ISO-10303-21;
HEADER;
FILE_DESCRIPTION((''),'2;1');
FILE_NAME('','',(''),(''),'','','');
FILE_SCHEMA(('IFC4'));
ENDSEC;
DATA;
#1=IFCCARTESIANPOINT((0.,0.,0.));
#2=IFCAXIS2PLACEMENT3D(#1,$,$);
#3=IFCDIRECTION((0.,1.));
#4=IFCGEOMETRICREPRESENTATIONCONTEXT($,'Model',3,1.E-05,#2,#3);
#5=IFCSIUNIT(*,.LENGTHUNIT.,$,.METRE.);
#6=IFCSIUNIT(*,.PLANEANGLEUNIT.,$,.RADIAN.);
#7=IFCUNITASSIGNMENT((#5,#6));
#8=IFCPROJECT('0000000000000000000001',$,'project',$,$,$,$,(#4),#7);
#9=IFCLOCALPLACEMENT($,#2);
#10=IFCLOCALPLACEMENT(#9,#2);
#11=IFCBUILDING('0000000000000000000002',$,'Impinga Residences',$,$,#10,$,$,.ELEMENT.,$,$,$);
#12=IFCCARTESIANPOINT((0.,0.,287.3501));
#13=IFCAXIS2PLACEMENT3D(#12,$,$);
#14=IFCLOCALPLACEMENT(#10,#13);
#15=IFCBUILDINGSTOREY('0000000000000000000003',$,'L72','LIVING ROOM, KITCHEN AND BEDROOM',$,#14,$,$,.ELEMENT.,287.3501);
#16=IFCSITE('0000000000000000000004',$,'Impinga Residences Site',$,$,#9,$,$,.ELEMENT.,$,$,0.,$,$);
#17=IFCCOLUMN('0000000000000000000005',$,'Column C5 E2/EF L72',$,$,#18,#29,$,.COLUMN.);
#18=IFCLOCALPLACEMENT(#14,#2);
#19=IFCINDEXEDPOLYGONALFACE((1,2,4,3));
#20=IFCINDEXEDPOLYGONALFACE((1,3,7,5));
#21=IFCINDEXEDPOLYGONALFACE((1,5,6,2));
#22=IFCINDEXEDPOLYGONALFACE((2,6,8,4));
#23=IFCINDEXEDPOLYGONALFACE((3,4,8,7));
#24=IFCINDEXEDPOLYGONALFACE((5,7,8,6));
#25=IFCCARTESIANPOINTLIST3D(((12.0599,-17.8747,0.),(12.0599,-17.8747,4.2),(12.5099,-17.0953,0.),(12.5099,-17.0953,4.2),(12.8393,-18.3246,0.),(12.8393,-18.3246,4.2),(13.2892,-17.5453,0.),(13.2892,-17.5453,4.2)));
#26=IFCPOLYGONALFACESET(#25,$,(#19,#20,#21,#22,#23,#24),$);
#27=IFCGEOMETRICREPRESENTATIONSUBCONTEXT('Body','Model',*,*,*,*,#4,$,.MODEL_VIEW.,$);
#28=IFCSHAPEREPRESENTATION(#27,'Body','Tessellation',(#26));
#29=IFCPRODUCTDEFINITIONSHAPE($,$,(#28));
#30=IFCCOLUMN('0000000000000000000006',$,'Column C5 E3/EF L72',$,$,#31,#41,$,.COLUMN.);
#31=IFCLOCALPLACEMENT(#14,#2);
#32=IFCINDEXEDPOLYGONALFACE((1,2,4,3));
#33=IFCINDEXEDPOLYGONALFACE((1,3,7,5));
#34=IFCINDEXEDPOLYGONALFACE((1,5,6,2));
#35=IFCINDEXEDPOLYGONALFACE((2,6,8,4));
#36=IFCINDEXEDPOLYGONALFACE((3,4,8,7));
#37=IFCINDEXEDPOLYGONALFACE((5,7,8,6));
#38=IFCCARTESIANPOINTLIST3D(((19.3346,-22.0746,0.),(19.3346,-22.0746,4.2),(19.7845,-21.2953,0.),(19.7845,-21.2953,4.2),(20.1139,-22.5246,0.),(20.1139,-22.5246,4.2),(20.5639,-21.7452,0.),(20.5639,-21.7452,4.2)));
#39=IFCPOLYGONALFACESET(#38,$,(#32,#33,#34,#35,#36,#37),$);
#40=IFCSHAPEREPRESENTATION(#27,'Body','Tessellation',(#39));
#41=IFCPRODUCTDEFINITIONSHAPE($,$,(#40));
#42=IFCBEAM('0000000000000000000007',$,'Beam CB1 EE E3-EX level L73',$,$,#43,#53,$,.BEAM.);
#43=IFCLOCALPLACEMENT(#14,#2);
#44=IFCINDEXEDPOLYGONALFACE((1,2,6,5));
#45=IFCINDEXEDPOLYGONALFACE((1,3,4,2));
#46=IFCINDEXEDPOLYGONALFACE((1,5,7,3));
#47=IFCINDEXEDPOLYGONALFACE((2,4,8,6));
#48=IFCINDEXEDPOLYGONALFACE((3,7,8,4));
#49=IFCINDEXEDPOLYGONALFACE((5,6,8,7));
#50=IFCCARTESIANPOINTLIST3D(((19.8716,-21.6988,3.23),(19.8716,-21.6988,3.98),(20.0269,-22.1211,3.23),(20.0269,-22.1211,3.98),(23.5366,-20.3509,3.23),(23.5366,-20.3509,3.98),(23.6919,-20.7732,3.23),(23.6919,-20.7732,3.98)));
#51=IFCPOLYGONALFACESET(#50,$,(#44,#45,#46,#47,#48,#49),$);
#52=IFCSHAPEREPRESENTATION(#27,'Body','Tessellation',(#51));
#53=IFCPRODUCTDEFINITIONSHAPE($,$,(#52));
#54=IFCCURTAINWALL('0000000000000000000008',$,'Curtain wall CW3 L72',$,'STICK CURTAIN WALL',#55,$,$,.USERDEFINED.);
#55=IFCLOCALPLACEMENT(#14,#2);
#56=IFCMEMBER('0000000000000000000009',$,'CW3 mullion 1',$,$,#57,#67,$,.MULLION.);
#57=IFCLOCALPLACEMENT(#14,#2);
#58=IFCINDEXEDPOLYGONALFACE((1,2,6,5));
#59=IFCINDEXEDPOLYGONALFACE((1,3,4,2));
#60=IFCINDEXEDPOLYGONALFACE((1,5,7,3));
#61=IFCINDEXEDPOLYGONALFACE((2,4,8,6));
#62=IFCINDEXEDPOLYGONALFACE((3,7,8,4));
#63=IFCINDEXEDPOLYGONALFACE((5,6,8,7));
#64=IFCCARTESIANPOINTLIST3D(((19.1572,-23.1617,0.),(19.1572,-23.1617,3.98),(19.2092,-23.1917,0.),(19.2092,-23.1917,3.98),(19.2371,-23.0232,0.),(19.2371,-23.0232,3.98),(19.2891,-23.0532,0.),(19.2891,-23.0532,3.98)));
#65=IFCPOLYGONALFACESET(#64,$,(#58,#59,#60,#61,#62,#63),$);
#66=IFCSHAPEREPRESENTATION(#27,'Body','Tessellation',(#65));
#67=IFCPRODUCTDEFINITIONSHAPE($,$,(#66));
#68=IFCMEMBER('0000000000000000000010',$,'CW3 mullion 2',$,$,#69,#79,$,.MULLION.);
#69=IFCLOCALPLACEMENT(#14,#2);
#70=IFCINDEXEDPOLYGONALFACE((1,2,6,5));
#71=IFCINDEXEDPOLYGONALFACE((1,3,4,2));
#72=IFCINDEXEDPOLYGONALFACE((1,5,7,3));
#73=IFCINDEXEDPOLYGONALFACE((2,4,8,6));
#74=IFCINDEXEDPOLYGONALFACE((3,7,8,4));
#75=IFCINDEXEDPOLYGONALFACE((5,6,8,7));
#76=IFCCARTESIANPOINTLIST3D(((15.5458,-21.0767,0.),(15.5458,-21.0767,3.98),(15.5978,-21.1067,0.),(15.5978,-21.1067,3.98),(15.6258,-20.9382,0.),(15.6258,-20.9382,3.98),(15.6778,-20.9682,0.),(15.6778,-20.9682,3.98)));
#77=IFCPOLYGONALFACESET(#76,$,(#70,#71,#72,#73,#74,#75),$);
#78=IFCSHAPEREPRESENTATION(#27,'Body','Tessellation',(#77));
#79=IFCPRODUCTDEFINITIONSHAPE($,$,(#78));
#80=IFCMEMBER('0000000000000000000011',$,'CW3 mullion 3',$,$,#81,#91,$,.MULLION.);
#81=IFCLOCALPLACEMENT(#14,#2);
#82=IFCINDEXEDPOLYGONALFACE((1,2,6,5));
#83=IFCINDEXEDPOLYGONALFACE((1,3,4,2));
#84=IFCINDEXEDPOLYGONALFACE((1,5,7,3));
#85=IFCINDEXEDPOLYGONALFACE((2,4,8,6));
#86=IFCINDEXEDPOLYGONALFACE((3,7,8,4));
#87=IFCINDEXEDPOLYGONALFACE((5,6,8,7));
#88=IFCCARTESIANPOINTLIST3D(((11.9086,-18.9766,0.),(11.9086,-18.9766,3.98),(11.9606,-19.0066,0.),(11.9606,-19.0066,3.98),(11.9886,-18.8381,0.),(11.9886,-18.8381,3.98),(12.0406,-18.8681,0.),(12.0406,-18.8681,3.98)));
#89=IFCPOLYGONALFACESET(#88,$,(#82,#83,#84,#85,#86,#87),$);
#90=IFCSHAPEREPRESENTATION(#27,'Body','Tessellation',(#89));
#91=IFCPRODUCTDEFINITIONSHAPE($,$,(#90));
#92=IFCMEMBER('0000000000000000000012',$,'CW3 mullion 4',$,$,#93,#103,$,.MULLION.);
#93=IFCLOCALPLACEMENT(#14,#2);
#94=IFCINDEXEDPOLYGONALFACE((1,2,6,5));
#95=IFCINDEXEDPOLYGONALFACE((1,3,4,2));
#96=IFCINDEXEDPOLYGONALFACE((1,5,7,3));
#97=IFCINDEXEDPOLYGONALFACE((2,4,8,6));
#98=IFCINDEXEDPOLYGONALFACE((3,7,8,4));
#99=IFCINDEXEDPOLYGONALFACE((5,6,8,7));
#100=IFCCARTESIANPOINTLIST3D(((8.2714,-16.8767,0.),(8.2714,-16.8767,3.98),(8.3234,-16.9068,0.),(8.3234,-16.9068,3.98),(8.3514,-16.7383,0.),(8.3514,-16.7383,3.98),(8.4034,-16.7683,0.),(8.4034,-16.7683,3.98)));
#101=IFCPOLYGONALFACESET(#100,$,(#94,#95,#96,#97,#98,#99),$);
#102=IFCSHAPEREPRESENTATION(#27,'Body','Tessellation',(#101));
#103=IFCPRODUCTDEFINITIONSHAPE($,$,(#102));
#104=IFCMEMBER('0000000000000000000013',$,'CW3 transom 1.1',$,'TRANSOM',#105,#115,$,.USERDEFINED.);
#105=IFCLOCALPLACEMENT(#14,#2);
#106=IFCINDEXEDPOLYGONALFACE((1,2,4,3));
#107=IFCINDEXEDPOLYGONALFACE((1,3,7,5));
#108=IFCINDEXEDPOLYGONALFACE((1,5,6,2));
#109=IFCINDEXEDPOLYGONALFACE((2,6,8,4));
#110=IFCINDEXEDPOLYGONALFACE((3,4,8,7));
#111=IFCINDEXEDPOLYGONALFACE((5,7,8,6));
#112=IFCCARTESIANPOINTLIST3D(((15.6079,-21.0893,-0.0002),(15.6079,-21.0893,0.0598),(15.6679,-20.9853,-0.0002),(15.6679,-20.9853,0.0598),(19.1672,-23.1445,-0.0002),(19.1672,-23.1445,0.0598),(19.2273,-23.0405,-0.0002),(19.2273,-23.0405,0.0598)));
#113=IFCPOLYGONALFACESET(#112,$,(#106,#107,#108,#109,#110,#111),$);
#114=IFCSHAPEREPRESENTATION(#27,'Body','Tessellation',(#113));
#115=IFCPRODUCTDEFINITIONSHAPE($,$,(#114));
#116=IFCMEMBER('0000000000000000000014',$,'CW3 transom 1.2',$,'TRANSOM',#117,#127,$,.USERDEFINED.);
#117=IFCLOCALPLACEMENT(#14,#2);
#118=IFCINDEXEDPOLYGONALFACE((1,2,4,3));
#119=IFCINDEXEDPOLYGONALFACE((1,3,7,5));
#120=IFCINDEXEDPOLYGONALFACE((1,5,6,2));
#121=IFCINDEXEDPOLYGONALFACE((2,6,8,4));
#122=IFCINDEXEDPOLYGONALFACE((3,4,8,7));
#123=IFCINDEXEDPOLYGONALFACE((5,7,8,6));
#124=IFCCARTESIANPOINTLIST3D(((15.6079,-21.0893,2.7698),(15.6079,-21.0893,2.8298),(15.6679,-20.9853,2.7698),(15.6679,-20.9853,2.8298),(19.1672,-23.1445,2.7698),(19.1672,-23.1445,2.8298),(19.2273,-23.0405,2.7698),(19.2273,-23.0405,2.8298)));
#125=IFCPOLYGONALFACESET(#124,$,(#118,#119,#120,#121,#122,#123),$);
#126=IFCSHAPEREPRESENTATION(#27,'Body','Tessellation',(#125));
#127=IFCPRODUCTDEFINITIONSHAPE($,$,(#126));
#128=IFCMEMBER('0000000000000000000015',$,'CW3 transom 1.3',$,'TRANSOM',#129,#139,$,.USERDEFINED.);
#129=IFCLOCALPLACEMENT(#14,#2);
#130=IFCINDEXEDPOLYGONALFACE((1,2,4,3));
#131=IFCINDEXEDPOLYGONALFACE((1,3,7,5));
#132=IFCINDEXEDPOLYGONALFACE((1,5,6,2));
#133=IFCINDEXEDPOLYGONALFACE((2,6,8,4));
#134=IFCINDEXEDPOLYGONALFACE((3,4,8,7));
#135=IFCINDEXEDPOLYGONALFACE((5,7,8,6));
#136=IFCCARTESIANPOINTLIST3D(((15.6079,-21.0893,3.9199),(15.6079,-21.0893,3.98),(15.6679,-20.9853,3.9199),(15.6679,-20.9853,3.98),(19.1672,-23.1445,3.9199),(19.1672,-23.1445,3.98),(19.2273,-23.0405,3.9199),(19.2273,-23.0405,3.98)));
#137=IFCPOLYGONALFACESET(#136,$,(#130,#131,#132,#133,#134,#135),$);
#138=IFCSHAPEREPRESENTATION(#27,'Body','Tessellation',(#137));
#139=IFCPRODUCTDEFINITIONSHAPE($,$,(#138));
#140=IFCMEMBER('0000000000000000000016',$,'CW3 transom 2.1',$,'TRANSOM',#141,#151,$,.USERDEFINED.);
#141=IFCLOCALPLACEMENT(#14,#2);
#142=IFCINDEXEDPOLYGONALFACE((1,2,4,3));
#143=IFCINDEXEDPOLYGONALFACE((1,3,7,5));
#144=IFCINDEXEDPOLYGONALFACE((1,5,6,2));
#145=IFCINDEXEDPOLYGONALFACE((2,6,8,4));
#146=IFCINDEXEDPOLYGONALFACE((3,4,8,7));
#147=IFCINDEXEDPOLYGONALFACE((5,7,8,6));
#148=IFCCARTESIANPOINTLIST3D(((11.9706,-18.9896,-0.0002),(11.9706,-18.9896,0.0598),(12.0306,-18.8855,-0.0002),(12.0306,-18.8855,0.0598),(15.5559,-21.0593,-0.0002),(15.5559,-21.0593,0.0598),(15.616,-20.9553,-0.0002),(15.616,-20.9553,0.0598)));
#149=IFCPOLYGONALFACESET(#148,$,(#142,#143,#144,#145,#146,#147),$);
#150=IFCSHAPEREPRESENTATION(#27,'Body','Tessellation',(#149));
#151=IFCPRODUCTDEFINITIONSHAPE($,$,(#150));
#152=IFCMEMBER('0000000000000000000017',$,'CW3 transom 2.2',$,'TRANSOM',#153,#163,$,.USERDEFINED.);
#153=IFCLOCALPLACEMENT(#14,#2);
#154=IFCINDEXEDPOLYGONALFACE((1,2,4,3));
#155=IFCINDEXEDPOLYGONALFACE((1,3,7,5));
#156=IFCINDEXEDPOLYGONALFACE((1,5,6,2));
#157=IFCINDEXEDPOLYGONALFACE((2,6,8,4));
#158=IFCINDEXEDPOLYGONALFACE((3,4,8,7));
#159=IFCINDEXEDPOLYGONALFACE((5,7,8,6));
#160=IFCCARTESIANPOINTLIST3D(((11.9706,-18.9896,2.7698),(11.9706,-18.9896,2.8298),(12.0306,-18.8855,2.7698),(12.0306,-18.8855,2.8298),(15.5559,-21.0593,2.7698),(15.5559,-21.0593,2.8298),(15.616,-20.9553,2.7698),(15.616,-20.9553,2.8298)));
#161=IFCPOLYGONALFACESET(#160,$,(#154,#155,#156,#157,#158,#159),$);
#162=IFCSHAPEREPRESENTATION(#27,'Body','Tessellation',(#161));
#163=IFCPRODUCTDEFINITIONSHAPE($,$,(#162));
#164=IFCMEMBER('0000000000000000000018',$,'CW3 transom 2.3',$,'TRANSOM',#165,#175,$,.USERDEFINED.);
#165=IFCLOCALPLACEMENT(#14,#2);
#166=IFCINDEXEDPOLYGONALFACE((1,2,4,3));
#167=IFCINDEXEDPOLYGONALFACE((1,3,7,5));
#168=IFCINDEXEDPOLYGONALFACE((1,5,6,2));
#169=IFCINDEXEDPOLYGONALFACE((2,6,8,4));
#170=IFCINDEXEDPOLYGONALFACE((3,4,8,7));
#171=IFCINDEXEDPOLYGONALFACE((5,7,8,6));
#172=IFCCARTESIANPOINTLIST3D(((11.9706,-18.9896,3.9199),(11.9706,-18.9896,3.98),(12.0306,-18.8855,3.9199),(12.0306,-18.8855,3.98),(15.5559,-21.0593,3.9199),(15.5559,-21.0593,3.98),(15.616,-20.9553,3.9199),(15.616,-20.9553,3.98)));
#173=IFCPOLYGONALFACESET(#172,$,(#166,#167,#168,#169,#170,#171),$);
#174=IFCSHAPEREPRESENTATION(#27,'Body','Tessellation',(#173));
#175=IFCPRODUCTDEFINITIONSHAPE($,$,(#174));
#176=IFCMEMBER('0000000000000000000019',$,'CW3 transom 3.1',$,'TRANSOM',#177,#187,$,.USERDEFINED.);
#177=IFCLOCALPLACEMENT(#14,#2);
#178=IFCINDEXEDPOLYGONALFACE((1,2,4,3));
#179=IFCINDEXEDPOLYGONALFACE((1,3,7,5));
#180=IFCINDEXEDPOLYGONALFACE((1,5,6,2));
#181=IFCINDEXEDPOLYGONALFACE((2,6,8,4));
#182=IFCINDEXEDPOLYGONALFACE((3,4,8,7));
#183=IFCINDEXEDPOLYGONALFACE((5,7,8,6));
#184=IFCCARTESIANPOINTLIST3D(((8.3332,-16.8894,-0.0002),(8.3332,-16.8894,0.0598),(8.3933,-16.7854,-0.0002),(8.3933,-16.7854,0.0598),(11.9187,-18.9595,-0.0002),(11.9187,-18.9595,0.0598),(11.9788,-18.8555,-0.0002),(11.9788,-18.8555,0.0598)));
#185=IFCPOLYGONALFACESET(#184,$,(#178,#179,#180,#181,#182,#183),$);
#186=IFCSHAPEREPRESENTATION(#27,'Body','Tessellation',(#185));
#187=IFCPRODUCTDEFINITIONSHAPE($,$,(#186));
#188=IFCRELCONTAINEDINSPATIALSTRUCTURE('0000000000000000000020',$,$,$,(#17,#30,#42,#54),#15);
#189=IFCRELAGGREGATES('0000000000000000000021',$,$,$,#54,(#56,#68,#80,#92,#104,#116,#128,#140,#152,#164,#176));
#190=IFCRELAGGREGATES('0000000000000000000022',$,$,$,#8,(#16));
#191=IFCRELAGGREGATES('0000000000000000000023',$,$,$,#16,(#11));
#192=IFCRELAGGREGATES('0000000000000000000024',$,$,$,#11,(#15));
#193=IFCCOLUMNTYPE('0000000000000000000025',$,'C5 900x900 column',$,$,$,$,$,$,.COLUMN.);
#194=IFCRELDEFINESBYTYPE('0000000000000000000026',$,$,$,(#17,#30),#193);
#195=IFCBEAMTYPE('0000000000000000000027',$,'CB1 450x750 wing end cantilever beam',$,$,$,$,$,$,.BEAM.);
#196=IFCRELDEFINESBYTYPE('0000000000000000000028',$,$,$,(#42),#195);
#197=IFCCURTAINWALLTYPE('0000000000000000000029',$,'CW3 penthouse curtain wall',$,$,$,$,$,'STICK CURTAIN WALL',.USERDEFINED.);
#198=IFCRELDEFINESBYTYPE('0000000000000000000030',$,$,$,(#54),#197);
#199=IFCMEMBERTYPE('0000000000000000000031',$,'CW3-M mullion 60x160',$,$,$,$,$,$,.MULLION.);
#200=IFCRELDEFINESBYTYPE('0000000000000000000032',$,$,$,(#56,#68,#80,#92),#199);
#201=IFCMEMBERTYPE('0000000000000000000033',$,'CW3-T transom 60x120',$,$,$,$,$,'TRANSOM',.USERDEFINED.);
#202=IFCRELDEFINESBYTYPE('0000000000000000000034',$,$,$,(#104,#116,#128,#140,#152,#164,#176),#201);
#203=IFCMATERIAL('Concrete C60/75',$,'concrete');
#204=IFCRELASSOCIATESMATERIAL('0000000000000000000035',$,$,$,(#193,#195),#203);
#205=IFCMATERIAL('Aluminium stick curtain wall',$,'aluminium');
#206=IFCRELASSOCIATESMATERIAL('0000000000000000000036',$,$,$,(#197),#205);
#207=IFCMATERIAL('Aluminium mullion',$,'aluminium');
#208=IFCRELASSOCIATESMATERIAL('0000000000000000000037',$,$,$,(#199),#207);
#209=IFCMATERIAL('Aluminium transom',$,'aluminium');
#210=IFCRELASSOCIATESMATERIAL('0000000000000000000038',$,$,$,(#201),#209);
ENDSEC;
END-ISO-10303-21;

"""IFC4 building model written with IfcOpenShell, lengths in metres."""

from ifc_helpers import new_model, si_unit, direction, frame, origin, origin_2d, place, context, subcontext, project, spatial, rectangle, extrude, material, material_profile, profile_set, type_object, element, aggregate, save


model = new_model("IFC4")

# Units and contexts
model_context = context("Model", 3, precision=1e-05, world=origin(), true_north=direction((0.0, 1.0)))
body_context = subcontext(model_context, "Body", "Model", "MODEL_VIEW")
ifc_project = project(units=[si_unit("LENGTHUNIT", "METRE"), si_unit("PLANEANGLEUNIT", "RADIAN")], contexts=[model_context])

# Site, building, storey
site_placement = place(None, origin())
site = spatial("IfcSite", under=ifc_project, at=site_placement, Name="Impinga Residences Site", CompositionType="ELEMENT", RefElevation=0.0)
building_placement = place(site_placement, origin())
building = spatial("IfcBuilding", under=site, at=building_placement, Name="Impinga Residences", CompositionType="ELEMENT")
storey_placement = place(building_placement, frame((0.0, 0.0, 287.3501)))
storey = spatial("IfcBuildingStorey", under=building, at=storey_placement, Name="L72", Description="LIVING ROOM, KITCHEN AND BEDROOM", CompositionType="ELEMENT", Elevation=287.3501)

# Columns
ifc_material_1 = material(Name="Concrete C60/75", Category="concrete")
ifc_material_profile_1 = material_profile(ifc_material_1, rectangle(XDim=0.8999, YDim=0.8999, at=origin_2d()), Name="RC 900x900")
ifc_profile_set_1 = profile_set([ifc_material_profile_1], Name="Concrete C60/75")
column_type = type_object("IfcColumnType", Name="C5 900x900 column", PredefinedType="COLUMN", material=ifc_profile_set_1)
for number, where, z_axis, x_axis, name in (
    (1, (12.6746, -17.71, 0.0), (0.0, 0.0, 1.0), (-0.5, -0.866025, 0.0), "Column C5 E2/EF L72"),
    (2, (19.9492, -21.9099, 0.0), (0.0, 0.0, 1.0), (-0.5, -0.866025, 0.0), "Column C5 E3/EF L72"),
):
    element("IfcColumn", number, at=place(storey_placement, frame(where, z_axis=z_axis, x_axis=x_axis)), inside=storey, type_object=column_type, Name=name, PredefinedType="COLUMN", context=body_context, shape_type="SweptSolid", body=[
        extrude(rectangle(XDim=0.8999, YDim=0.8999, at=origin_2d()), origin(), (0.0, 0.0, 1.0), 4.2),
    ])

# Beam
ifc_material_profile_2 = material_profile(ifc_material_1, rectangle(XDim=0.45, YDim=0.75, at=origin_2d()), Name="RC 450x750")
ifc_profile_set_2 = profile_set([ifc_material_profile_2], Name="Concrete C60/75")
beam_type_1 = type_object("IfcBeamType", Name="CB1 450x750 wing end cantilever beam", PredefinedType="BEAM", material=ifc_profile_set_2)
beam_1_placement = place(storey_placement, frame((19.9492, -21.9099, 3.605), z_axis=(0.93854, 0.345169, 0.0), x_axis=(-0.345169, 0.93854, 0.0)))
element("IfcBeam", 3, at=beam_1_placement, inside=storey, type_object=beam_type_1, Name="Beam CB1 EE E3-EX level L73", PredefinedType="BEAM", context=body_context, shape_type="SweptSolid", body=[
    extrude(rectangle(XDim=0.45, YDim=0.75, at=origin_2d()), origin(), (0.0, 0.0, 1.0), 3.905),
])

# Curtain wall, members
ifc_material_2 = material(Name="Aluminium stick curtain wall", Category="aluminium")
curtain_wall_type = type_object("IfcCurtainWallType", Name="CW3 penthouse curtain wall", ElementType="STICK CURTAIN WALL", PredefinedType="USERDEFINED", material=ifc_material_2)
curtain_wall_placement = place(storey_placement, origin())
curtain_wall = element("IfcCurtainWall", 4, at=curtain_wall_placement, inside=storey, type_object=curtain_wall_type, Name="Curtain wall CW3 L72", ObjectType="STICK CURTAIN WALL", PredefinedType="USERDEFINED")
ifc_material_3 = material(Name="Aluminium mullion", Category="aluminium")
ifc_material_profile_3 = material_profile(ifc_material_3, rectangle(XDim=0.0601, YDim=0.1599, at=origin_2d()), Name="60x160 mullion")
ifc_profile_set_3 = profile_set([ifc_material_profile_3], Name="Aluminium mullion")
member_type_1 = type_object("IfcMemberType", Name="CW3-M mullion 60x160", PredefinedType="MULLION", material=ifc_profile_set_3)
member_1_placement = place(storey_placement, frame((19.2231, -23.1074, 0.0), z_axis=(0.0, 0.0, 1.0), x_axis=(-0.866025, 0.5, 0.0)))
member_1 = element("IfcMember", 5, at=member_1_placement, type_object=member_type_1, Name="CW3 mullion 1", PredefinedType="MULLION", context=body_context, shape_type="SweptSolid", body=[
    extrude(rectangle(XDim=0.0601, YDim=0.1599, at=origin_2d()), origin(), (0.0, 0.0, 1.0), 3.98),
])
member_2_placement = place(storey_placement, frame((15.6118, -21.0225, 0.0), z_axis=(0.0, 0.0, 1.0), x_axis=(-0.866025, 0.5, 0.0)))
member_2 = element("IfcMember", 6, at=member_2_placement, type_object=member_type_1, Name="CW3 mullion 2", PredefinedType="MULLION", context=body_context, shape_type="SweptSolid", body=[
    extrude(rectangle(XDim=0.0601, YDim=0.1599, at=origin_2d()), origin(), (0.0, 0.0, 1.0), 3.98),
])
member_3_placement = place(storey_placement, frame((11.9746, -18.9224, 0.0), z_axis=(0.0, 0.0, 1.0), x_axis=(-0.866025, 0.5, 0.0)))
member_3 = element("IfcMember", 7, at=member_3_placement, type_object=member_type_1, Name="CW3 mullion 3", PredefinedType="MULLION", context=body_context, shape_type="SweptSolid", body=[
    extrude(rectangle(XDim=0.0601, YDim=0.1599, at=origin_2d()), origin(), (0.0, 0.0, 1.0), 3.98),
])
member_4_placement = place(storey_placement, frame((8.3374, -16.8225, 0.0), z_axis=(0.0, 0.0, 1.0), x_axis=(-0.866025, 0.5, 0.0)))
member_4 = element("IfcMember", 8, at=member_4_placement, type_object=member_type_1, Name="CW3 mullion 4", PredefinedType="MULLION", context=body_context, shape_type="SweptSolid", body=[
    extrude(rectangle(XDim=0.0601, YDim=0.1599, at=origin_2d()), origin(), (0.0, 0.0, 1.0), 3.98),
])
ifc_material_4 = material(Name="Aluminium transom", Category="aluminium")
ifc_material_profile_4 = material_profile(ifc_material_4, rectangle(XDim=0.0601, YDim=0.1201, at=origin_2d()), Name="60x120 transom")
ifc_profile_set_4 = profile_set([ifc_material_profile_4], Name="Aluminium transom")
member_type_2 = type_object("IfcMemberType", Name="CW3-T transom 60x120", ElementType="TRANSOM", PredefinedType="USERDEFINED", material=ifc_profile_set_4)
member_5_placement = place(storey_placement, frame((19.1973, -23.0925, 0.0298), z_axis=(-0.866005, 0.500036, 0.0), x_axis=(0.0, 0.0, 1.0)))
member_5 = element("IfcMember", 9, at=member_5_placement, type_object=member_type_2, Name="CW3 transom 1.1", ObjectType="TRANSOM", PredefinedType="USERDEFINED", context=body_context, shape_type="SweptSolid", body=[
    extrude(rectangle(XDim=0.0601, YDim=0.1201, at=origin_2d()), origin(), (0.0, 0.0, 1.0), 4.1101),
])
member_6_placement = place(storey_placement, frame((19.1973, -23.0925, 2.7998), z_axis=(-0.866005, 0.500036, 0.0), x_axis=(0.0, 0.0, 1.0)))
member_6 = element("IfcMember", 10, at=member_6_placement, type_object=member_type_2, Name="CW3 transom 1.2", ObjectType="TRANSOM", PredefinedType="USERDEFINED", context=body_context, shape_type="SweptSolid", body=[
    extrude(rectangle(XDim=0.0601, YDim=0.1201, at=origin_2d()), origin(), (0.0, 0.0, 1.0), 4.1101),
])
member_7_placement = place(storey_placement, frame((19.1973, -23.0925, 3.95), z_axis=(-0.866005, 0.500036, 0.0), x_axis=(0.0, 0.0, 1.0)))
member_7 = element("IfcMember", 11, at=member_7_placement, type_object=member_type_2, Name="CW3 transom 1.3", ObjectType="TRANSOM", PredefinedType="USERDEFINED", context=body_context, shape_type="SweptSolid", body=[
    extrude(rectangle(XDim=0.0601, YDim=0.1201, at=origin_2d()), origin(), (0.0, 0.0, 1.0), 4.1101),
])
member_8_placement = place(storey_placement, frame((15.5859, -21.0073, 0.0298), z_axis=(-0.86605, 0.499957, 0.0), x_axis=(0.0, 0.0, 1.0)))
member_8 = element("IfcMember", 12, at=member_8_placement, type_object=member_type_2, Name="CW3 transom 2.1", ObjectType="TRANSOM", PredefinedType="USERDEFINED", context=body_context, shape_type="SweptSolid", body=[
    extrude(rectangle(XDim=0.0601, YDim=0.1201, at=origin_2d()), origin(), (0.0, 0.0, 1.0), 4.1399),
])
member_9_placement = place(storey_placement, frame((15.5859, -21.0073, 2.7998), z_axis=(-0.86605, 0.499957, 0.0), x_axis=(0.0, 0.0, 1.0)))
member_9 = element("IfcMember", 13, at=member_9_placement, type_object=member_type_2, Name="CW3 transom 2.2", ObjectType="TRANSOM", PredefinedType="USERDEFINED", context=body_context, shape_type="SweptSolid", body=[
    extrude(rectangle(XDim=0.0601, YDim=0.1201, at=origin_2d()), origin(), (0.0, 0.0, 1.0), 4.1399),
])
member_10_placement = place(storey_placement, frame((15.5859, -21.0073, 3.95), z_axis=(-0.86605, 0.499957, 0.0), x_axis=(0.0, 0.0, 1.0)))
member_10 = element("IfcMember", 14, at=member_10_placement, type_object=member_type_2, Name="CW3 transom 2.3", ObjectType="TRANSOM", PredefinedType="USERDEFINED", context=body_context, shape_type="SweptSolid", body=[
    extrude(rectangle(XDim=0.0601, YDim=0.1201, at=origin_2d()), origin(), (0.0, 0.0, 1.0), 4.1399),
])
member_11_placement = place(storey_placement, frame((11.9487, -18.9075, 0.0298), z_axis=(-0.866025, 0.500002, 0.0), x_axis=(0.0, 0.0, 1.0)))
member_11 = element("IfcMember", 15, at=member_11_placement, type_object=member_type_2, Name="CW3 transom 3.1", ObjectType="TRANSOM", PredefinedType="USERDEFINED", context=body_context, shape_type="SweptSolid", body=[
    extrude(rectangle(XDim=0.0601, YDim=0.1201, at=origin_2d()), origin(), (0.0, 0.0, 1.0), 4.1401),
])

aggregate(curtain_wall, [member_1, member_2, member_3, member_4, member_5, member_6, member_7, member_8, member_9, member_10, member_11])

save(model, "model.ifc")
